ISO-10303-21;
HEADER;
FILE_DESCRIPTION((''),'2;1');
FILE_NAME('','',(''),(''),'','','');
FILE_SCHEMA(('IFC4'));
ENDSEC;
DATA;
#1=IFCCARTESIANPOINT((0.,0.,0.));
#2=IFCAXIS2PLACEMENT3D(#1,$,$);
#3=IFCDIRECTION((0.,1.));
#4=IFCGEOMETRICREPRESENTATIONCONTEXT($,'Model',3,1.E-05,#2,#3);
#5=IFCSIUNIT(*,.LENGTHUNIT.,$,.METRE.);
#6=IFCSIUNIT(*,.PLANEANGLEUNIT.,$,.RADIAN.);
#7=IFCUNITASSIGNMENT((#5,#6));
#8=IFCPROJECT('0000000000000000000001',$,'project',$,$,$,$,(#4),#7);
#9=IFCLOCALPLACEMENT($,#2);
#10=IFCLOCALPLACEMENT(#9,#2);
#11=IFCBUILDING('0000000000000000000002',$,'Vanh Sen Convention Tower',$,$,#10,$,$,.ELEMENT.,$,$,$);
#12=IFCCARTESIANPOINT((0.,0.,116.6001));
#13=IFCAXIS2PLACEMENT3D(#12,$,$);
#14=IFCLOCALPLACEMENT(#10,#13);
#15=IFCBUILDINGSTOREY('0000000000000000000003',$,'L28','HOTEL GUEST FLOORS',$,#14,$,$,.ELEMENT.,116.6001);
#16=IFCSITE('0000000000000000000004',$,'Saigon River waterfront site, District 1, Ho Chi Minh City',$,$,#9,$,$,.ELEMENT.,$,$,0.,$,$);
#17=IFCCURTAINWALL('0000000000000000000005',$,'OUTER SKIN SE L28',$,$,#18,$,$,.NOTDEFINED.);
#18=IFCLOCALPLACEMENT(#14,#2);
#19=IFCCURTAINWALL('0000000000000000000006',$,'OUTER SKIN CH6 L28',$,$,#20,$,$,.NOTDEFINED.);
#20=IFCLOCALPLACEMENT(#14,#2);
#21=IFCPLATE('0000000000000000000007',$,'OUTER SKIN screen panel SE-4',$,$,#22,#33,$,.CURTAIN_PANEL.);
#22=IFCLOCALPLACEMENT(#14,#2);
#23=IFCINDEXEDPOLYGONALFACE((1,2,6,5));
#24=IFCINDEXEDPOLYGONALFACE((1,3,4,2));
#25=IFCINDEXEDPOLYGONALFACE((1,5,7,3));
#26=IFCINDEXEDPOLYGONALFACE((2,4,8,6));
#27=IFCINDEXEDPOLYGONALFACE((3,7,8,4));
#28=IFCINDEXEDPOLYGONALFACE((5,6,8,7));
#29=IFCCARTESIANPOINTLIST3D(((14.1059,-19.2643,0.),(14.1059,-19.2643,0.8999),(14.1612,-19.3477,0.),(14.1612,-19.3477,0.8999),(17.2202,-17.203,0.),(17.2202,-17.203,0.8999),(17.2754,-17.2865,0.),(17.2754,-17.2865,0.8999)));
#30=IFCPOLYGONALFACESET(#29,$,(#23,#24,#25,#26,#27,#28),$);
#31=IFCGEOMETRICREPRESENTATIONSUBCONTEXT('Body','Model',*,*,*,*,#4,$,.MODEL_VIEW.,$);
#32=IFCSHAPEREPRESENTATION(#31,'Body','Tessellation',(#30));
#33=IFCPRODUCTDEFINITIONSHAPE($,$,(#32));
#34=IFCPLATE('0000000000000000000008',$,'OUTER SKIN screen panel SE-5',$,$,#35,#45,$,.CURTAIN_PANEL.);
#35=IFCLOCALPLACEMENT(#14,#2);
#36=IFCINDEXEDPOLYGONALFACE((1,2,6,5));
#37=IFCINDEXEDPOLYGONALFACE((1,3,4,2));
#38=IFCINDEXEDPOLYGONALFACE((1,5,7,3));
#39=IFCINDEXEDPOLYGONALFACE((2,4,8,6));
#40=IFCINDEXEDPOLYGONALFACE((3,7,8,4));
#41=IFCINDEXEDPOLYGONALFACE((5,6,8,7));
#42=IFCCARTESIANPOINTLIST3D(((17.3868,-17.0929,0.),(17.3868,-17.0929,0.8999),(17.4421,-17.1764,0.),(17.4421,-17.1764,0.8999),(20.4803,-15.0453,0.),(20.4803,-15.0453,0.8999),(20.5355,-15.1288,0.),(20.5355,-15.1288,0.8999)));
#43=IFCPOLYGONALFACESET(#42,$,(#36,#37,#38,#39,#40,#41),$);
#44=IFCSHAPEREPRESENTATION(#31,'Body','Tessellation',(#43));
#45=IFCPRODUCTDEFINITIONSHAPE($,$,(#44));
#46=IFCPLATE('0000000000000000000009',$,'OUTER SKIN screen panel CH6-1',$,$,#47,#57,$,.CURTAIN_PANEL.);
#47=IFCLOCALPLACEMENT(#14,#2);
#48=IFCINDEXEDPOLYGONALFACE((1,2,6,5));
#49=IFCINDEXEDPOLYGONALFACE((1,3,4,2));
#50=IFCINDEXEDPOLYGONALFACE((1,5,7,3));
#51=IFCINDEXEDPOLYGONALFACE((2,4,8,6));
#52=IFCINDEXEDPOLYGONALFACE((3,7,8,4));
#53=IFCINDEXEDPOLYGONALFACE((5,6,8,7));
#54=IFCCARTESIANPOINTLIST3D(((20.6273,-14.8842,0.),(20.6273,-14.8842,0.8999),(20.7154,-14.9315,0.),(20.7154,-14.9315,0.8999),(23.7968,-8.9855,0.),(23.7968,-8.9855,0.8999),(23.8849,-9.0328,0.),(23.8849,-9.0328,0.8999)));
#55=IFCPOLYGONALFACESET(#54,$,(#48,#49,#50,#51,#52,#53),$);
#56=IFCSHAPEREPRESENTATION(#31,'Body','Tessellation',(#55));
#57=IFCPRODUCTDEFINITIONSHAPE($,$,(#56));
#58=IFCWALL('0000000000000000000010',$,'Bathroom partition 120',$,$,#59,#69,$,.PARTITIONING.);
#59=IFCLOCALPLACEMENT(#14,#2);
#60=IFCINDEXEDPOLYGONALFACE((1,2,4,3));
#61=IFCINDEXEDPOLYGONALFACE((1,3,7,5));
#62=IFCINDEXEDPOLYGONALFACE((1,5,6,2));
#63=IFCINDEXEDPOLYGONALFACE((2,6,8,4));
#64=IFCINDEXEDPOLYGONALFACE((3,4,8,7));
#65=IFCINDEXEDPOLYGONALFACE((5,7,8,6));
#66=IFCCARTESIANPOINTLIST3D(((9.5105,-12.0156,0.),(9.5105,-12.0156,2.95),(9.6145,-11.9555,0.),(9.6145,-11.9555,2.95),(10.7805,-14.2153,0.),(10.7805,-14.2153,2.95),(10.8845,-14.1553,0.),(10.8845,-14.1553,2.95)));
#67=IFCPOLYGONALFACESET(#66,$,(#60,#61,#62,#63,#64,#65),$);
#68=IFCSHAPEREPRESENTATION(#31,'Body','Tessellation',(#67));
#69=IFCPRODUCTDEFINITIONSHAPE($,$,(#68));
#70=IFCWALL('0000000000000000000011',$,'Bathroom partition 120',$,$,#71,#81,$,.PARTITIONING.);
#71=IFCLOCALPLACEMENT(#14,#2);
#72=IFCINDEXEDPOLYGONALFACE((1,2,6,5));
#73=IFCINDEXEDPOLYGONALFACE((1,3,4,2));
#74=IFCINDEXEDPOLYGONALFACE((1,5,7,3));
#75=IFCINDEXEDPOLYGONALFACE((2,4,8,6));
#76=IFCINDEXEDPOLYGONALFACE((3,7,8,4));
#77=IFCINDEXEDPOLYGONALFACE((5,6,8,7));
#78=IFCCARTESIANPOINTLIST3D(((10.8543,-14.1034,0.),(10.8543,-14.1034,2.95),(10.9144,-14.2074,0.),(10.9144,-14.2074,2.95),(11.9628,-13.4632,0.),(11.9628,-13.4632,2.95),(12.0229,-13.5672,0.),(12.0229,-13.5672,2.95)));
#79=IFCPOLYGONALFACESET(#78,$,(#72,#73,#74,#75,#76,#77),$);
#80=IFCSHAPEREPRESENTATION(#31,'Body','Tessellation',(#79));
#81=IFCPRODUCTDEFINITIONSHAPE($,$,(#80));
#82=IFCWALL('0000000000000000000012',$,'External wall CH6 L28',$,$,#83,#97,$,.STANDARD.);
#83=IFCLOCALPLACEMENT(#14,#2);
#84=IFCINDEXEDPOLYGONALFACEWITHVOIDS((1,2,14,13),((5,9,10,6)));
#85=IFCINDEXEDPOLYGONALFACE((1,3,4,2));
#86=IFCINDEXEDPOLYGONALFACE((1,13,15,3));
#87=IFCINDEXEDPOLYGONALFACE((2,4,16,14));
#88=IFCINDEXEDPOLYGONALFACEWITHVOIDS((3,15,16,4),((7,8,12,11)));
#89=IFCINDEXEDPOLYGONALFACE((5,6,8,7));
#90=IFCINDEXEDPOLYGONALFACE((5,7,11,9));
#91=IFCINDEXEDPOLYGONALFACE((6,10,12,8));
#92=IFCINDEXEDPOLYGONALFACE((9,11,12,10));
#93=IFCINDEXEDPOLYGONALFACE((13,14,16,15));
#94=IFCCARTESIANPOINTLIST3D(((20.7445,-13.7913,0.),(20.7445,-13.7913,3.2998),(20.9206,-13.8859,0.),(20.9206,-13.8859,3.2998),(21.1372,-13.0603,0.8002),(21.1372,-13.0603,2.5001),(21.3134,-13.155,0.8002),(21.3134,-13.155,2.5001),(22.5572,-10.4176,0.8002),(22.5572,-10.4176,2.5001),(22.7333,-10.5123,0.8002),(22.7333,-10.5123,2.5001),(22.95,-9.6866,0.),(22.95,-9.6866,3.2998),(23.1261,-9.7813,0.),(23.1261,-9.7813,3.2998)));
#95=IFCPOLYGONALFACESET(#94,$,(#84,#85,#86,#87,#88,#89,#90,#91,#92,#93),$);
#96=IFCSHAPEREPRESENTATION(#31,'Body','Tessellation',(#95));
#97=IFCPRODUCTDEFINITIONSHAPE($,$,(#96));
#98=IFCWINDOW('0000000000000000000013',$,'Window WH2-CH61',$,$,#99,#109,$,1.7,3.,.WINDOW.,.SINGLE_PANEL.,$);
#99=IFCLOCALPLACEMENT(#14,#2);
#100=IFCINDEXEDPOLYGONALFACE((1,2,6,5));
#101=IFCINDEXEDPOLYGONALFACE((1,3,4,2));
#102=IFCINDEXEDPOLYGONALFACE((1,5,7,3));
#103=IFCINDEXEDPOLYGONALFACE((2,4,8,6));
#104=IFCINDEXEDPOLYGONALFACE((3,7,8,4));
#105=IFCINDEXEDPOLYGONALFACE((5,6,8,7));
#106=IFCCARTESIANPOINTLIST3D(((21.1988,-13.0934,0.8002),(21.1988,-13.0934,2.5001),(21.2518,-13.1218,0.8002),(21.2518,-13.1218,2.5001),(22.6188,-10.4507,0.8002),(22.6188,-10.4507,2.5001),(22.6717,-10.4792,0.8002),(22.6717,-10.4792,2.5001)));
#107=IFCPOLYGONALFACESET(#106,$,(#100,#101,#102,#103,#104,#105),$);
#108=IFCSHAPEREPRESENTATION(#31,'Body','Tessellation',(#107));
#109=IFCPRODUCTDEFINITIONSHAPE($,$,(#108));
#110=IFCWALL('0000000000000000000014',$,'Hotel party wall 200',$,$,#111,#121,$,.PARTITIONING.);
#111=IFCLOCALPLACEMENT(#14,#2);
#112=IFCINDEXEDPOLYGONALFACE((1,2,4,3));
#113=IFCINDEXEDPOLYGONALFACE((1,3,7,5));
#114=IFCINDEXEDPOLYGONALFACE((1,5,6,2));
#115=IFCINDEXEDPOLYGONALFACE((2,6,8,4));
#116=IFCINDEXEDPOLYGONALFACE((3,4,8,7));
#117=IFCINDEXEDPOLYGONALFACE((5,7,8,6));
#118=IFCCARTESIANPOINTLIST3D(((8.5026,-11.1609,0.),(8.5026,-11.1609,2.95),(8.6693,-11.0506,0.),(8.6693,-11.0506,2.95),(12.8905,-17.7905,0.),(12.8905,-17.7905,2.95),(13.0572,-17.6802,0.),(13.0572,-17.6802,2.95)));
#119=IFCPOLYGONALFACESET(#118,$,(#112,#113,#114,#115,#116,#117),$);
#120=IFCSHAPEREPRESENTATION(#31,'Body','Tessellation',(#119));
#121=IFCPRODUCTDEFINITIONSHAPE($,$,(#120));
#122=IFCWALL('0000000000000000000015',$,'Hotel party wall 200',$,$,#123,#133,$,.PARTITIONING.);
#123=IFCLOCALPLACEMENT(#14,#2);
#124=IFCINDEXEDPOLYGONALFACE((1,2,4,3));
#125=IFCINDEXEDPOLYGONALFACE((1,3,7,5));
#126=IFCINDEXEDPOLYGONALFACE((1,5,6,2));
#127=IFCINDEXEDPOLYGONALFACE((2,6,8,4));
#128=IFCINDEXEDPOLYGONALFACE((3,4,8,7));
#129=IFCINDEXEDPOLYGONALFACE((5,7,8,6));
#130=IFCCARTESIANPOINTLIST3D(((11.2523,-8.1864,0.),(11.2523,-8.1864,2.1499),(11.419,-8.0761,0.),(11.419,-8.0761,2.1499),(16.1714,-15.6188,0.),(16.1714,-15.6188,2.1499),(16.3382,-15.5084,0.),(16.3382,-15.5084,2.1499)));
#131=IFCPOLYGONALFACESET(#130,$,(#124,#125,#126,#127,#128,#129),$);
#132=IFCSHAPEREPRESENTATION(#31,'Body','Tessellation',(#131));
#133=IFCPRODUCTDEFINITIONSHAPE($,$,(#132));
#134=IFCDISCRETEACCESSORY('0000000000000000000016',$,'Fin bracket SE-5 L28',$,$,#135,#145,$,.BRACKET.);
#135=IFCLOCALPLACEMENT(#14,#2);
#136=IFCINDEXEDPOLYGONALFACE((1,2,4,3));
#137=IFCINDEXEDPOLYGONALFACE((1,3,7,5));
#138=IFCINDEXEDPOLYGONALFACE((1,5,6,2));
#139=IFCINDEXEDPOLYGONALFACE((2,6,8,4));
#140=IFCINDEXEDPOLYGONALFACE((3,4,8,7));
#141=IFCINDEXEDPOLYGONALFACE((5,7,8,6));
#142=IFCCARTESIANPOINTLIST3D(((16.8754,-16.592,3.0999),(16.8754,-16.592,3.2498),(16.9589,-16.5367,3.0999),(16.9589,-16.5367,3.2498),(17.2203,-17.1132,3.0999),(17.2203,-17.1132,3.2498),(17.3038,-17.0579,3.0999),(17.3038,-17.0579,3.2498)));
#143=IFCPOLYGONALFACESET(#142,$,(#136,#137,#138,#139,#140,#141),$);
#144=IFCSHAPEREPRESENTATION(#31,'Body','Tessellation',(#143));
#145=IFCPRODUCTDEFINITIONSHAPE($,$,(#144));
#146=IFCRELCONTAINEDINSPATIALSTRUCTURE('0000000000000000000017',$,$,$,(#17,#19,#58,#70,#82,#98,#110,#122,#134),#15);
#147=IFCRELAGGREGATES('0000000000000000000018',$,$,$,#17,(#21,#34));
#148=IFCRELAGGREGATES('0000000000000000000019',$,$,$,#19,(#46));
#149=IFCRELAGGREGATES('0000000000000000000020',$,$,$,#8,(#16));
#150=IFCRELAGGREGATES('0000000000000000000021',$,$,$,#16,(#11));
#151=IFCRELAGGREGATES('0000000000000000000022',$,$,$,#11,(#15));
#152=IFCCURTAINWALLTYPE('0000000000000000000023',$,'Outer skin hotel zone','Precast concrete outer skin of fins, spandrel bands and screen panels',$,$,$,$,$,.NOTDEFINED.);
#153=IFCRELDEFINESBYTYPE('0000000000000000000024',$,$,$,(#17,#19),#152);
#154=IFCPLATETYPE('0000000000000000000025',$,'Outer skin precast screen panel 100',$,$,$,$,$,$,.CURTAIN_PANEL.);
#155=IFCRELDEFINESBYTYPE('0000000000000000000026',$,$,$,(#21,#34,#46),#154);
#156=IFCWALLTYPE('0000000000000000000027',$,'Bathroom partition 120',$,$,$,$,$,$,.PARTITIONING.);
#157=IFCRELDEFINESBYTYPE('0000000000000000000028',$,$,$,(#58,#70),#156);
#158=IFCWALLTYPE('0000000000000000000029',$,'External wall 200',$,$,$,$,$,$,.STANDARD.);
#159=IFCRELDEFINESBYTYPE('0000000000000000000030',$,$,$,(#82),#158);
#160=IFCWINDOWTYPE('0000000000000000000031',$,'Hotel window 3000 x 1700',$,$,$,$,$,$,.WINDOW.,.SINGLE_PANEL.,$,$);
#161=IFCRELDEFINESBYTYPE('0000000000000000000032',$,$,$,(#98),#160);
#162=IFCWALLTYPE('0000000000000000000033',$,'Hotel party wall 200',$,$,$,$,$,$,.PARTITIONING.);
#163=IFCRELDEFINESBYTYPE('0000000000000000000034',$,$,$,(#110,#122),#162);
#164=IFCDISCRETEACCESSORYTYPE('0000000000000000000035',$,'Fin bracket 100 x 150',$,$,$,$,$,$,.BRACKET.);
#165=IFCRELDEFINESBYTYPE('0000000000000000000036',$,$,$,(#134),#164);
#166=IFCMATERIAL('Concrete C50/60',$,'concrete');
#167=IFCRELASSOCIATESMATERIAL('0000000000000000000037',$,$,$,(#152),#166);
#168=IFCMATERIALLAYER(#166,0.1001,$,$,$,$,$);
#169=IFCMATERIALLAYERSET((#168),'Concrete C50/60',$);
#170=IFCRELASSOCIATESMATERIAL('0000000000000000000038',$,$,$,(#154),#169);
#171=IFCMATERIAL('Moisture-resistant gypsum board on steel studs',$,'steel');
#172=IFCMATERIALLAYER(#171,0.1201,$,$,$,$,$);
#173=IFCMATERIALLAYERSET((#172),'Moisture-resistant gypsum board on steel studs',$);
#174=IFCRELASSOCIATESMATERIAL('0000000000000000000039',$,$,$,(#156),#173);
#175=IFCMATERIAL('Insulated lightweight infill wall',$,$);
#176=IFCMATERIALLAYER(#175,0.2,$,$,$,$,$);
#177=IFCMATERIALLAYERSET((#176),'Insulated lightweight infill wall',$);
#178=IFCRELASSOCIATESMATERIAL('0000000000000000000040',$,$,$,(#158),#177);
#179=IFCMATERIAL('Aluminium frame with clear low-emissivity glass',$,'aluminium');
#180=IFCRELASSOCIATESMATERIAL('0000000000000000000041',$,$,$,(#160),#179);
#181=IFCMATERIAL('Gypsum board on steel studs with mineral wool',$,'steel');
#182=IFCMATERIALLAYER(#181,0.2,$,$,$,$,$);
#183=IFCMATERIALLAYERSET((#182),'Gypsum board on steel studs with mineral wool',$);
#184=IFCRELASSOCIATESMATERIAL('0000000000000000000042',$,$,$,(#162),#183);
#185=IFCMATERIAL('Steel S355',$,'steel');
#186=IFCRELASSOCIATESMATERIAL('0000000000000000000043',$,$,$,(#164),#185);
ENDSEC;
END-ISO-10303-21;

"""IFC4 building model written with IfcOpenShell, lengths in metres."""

from ifc_helpers import new_model, si_unit, direction, frame, frame_2d, origin, origin_2d, place, context, subcontext, project, spatial, rectangle, extrude, material, layer, layer_set, type_object, element, fill, aggregate, save


model = new_model("IFC4")

# Units and contexts
model_context = context("Model", 3, precision=1e-05, world=origin(), true_north=direction((0.0, 1.0)))
body_context = subcontext(model_context, "Body", "Model", "MODEL_VIEW")
ifc_project = project(units=[si_unit("LENGTHUNIT", "METRE"), si_unit("PLANEANGLEUNIT", "RADIAN")], contexts=[model_context])

# Site, building, storey
site_placement = place(None, origin())
site = spatial("IfcSite", under=ifc_project, at=site_placement, Name="Saigon River waterfront site, District 1, Ho Chi Minh City", CompositionType="ELEMENT", RefElevation=0.0)
building_placement = place(site_placement, origin())
building = spatial("IfcBuilding", under=site, at=building_placement, Name="Vanh Sen Convention Tower", CompositionType="ELEMENT")
storey_placement = place(building_placement, frame((0.0, 0.0, 116.6001)))
storey = spatial("IfcBuildingStorey", under=building, at=storey_placement, Name="L28", Description="HOTEL GUEST FLOORS", CompositionType="ELEMENT", Elevation=116.6001)

# Curtain wall
ifc_material_1 = material(Name="Concrete C50/60", Category="concrete")
curtain_wall_type = type_object("IfcCurtainWallType", Name="Outer skin hotel zone", Description="Precast concrete outer skin of fins, spandrel bands and screen panels", PredefinedType="NOTDEFINED", material=ifc_material_1)
curtain_wall_1_placement = place(storey_placement, origin())
curtain_wall_1 = element("IfcCurtainWall", 1, at=curtain_wall_1_placement, inside=storey, type_object=curtain_wall_type, Name="OUTER SKIN SE L28", PredefinedType="NOTDEFINED")

# Curtain wall
curtain_wall_2_placement = place(storey_placement, origin())
curtain_wall_2 = element("IfcCurtainWall", 2, at=curtain_wall_2_placement, inside=storey, type_object=curtain_wall_type, Name="OUTER SKIN CH6 L28", PredefinedType="NOTDEFINED")

# Plates
ifc_layer_1 = layer(ifc_material_1, 0.1001)
ifc_layer_set_1 = layer_set([ifc_layer_1], Name="Concrete C50/60")
plate_type = type_object("IfcPlateType", Name="Outer skin precast screen panel 100", PredefinedType="CURTAIN_PANEL", material=ifc_layer_set_1)
plate_1_placement = place(storey_placement, frame((15.6907, -18.2754, 0.0), z_axis=(0.0, 0.0, 1.0), x_axis=(0.833892, 0.551928, 0.0)))
plate_1 = element("IfcPlate", 3, at=plate_1_placement, type_object=plate_type, Name="OUTER SKIN screen panel SE-4", PredefinedType="CURTAIN_PANEL", context=body_context, shape_type="SweptSolid", body=[
    extrude(rectangle(XDim=3.7346, YDim=0.1001, at=origin_2d()), origin(), (0.0, 0.0, 1.0), 0.8999),
])
plate_2_placement = place(storey_placement, frame((18.9612, -16.1108, 0.0), z_axis=(0.0, 0.0, 1.0), x_axis=(0.83388, 0.551946, 0.0)))
plate_2 = element("IfcPlate", 4, at=plate_2_placement, type_object=plate_type, Name="OUTER SKIN screen panel SE-5", PredefinedType="CURTAIN_PANEL", context=body_context, shape_type="SweptSolid", body=[
    extrude(rectangle(XDim=3.7097, YDim=0.1001, at=origin_2d()), origin(), (0.0, 0.0, 1.0), 0.8999),
])
aggregate(curtain_wall_1, [plate_1, plate_2])
plate_3_placement = place(storey_placement, frame((22.2561, -11.9585, 0.0), z_axis=(0.0, 0.0, 1.0), x_axis=(0.473323, 0.880889, 0.0)))
plate_3 = element("IfcPlate", 5, at=plate_3_placement, type_object=plate_type, Name="OUTER SKIN screen panel CH6-1", PredefinedType="CURTAIN_PANEL", context=body_context, shape_type="SweptSolid", body=[
    extrude(rectangle(XDim=6.6963, YDim=0.1001, at=origin_2d()), origin(), (0.0, 0.0, 1.0), 0.8999),
])
aggregate(curtain_wall_2, [plate_3])

# Walls
ifc_material_2 = material(Name="Moisture-resistant gypsum board on steel studs", Category="steel")
ifc_layer_2 = layer(ifc_material_2, 0.1201)
ifc_layer_set_2 = layer_set([ifc_layer_2], Name="Moisture-resistant gypsum board on steel studs")
wall_type_1 = type_object("IfcWallType", Name="Bathroom partition 120", PredefinedType="PARTITIONING", material=ifc_layer_set_2)
wall_1_placement = place(storey_placement, frame((10.8325, -14.1853, 0.0), z_axis=(0.0, 0.0, 1.0), x_axis=(-0.500005, 0.866022, 0.0)))
element("IfcWall", 6, at=wall_1_placement, inside=storey, type_object=wall_type_1, Name="Bathroom partition 120", PredefinedType="PARTITIONING", context=body_context, shape_type="SweptSolid", body=[
    extrude(rectangle(XDim=2.54, YDim=0.1201, at=frame_2d((1.27, 0.0))), origin(), (0.0, 0.0, 1.0), 2.95),
])
wall_2_placement = place(storey_placement, frame((11.9929, -13.5151, 0.0), z_axis=(0.0, 0.0, 1.0), x_axis=(-0.865957, -0.500119, 0.0)))
element("IfcWall", 7, at=wall_2_placement, inside=storey, type_object=wall_type_1, Name="Bathroom partition 120", PredefinedType="PARTITIONING", context=body_context, shape_type="SweptSolid", body=[
    extrude(rectangle(XDim=1.28, YDim=0.1201, at=frame_2d((0.6401, 0.0))), origin(), (0.0, 0.0, 1.0), 2.95),
])

# Wall, opening, window
ifc_material_3 = material(Name="Insulated lightweight infill wall")
ifc_layer_3 = layer(ifc_material_3, 0.2)
ifc_layer_set_3 = layer_set([ifc_layer_3], Name="Insulated lightweight infill wall")
wall_type_2 = type_object("IfcWallType", Name="External wall 200", PredefinedType="STANDARD", material=ifc_layer_set_3)
wall_3_placement = place(storey_placement, frame((20.8325, -13.8386, 0.0), z_axis=(0.0, 0.0, 1.0), x_axis=(0.473322, 0.88089, 0.0)))
wall_3 = element("IfcWall", 8, at=wall_3_placement, inside=storey, type_object=wall_type_2, Name="External wall CH6 L28", PredefinedType="STANDARD", context=body_context, shape_type="SweptSolid", body=[
    extrude(rectangle(XDim=4.6597, YDim=0.2, at=frame_2d((2.3298, 0.0))), origin(), (0.0, 0.0, 1.0), 3.2998),
])
opening_placement = place(wall_3_placement, frame((0.8298, 0.0, 0.8)))
opening = element("IfcOpeningElement", 9, at=opening_placement, cuts=wall_3, PredefinedType="OPENING", context=body_context, shape_type="SweptSolid", body=[
    extrude(rectangle(XDim=3.0, YDim=1.7, at=frame_2d((1.5, 0.8501))), frame((0.0, 0.1099, 0.0), z_axis=(0.0, -1.0, 0.0), x_axis=(1.0, 0.0, 0.0)), (0.0, 0.0, 1.0), 0.22),
])
ifc_material_4 = material(Name="Aluminium frame with clear low-emissivity glass", Category="aluminium")
window_type = type_object("IfcWindowType", Name="Hotel window 3000 x 1700", PartitioningType="SINGLE_PANEL", PredefinedType="WINDOW", material=ifc_material_4)
window_placement = place(opening_placement, origin())
window = element("IfcWindow", 10, at=window_placement, inside=storey, type_object=window_type, Name="Window WH2-CH61", OverallHeight=1.7, OverallWidth=3.0, PartitioningType="SINGLE_PANEL", PredefinedType="WINDOW", context=body_context, shape_type="SweptSolid", body=[
    extrude(rectangle(XDim=3.0, YDim=1.7, at=frame_2d((1.5, 0.8501))), frame((0.0, 0.03, 0.0), z_axis=(0.0, -1.0, 0.0), x_axis=(1.0, 0.0, 0.0)), (0.0, 0.0, 1.0), 0.0601),
])
fill(opening, window)

# Walls
ifc_material_5 = material(Name="Gypsum board on steel studs with mineral wool", Category="steel")
ifc_layer_4 = layer(ifc_material_5, 0.2)
ifc_layer_set_4 = layer_set([ifc_layer_4], Name="Gypsum board on steel studs with mineral wool")
wall_type_3 = type_object("IfcWallType", Name="Hotel party wall 200", PredefinedType="PARTITIONING", material=ifc_layer_set_4)
wall_4_placement = place(storey_placement, frame((12.9739, -17.7354, 0.0), z_axis=(0.0, 0.0, 1.0), x_axis=(-0.551926, 0.833893, 0.0)))
element("IfcWall", 11, at=wall_4_placement, inside=storey, type_object=wall_type_3, Name="Hotel party wall 200", PredefinedType="PARTITIONING", context=body_context, shape_type="SweptSolid", body=[
    extrude(rectangle(XDim=7.9502, YDim=0.2, at=frame_2d((3.9751, 0.0))), origin(), (0.0, 0.0, 1.0), 2.95),
])
wall_5_placement = place(storey_placement, frame((16.2549, -15.5637, 0.0), z_axis=(0.0, 0.0, 1.0), x_axis=(-0.551922, 0.833896, 0.0)))
element("IfcWall", 12, at=wall_5_placement, inside=storey, type_object=wall_type_3, Name="Hotel party wall 200", PredefinedType="PARTITIONING", context=body_context, shape_type="SweptSolid", body=[
    extrude(rectangle(XDim=8.9128, YDim=0.2, at=frame_2d((4.4565, 0.0))), origin(), (0.0, 0.0, 1.0), 2.1499),
])

# Discrete accessory
ifc_material_6 = material(Name="Steel S355", Category="steel")
discrete_accessory_type = type_object("IfcDiscreteAccessoryType", Name="Fin bracket 100 x 150", PredefinedType="BRACKET", material=ifc_material_6)
discrete_accessory_placement = place(storey_placement, frame((17.0896, -16.825, 3.0999), z_axis=(0.0, 0.0, 1.0), x_axis=(0.551937, -0.833886, 0.0)))
element("IfcDiscreteAccessory", 13, at=discrete_accessory_placement, inside=storey, type_object=discrete_accessory_type, Name="Fin bracket SE-5 L28", PredefinedType="BRACKET", context=body_context, shape_type="SweptSolid", body=[
    extrude(rectangle(XDim=0.625, YDim=0.1001, at=origin_2d()), origin(), (0.0, 0.0, 1.0), 0.1499),
])

save(model, "model.ifc")
